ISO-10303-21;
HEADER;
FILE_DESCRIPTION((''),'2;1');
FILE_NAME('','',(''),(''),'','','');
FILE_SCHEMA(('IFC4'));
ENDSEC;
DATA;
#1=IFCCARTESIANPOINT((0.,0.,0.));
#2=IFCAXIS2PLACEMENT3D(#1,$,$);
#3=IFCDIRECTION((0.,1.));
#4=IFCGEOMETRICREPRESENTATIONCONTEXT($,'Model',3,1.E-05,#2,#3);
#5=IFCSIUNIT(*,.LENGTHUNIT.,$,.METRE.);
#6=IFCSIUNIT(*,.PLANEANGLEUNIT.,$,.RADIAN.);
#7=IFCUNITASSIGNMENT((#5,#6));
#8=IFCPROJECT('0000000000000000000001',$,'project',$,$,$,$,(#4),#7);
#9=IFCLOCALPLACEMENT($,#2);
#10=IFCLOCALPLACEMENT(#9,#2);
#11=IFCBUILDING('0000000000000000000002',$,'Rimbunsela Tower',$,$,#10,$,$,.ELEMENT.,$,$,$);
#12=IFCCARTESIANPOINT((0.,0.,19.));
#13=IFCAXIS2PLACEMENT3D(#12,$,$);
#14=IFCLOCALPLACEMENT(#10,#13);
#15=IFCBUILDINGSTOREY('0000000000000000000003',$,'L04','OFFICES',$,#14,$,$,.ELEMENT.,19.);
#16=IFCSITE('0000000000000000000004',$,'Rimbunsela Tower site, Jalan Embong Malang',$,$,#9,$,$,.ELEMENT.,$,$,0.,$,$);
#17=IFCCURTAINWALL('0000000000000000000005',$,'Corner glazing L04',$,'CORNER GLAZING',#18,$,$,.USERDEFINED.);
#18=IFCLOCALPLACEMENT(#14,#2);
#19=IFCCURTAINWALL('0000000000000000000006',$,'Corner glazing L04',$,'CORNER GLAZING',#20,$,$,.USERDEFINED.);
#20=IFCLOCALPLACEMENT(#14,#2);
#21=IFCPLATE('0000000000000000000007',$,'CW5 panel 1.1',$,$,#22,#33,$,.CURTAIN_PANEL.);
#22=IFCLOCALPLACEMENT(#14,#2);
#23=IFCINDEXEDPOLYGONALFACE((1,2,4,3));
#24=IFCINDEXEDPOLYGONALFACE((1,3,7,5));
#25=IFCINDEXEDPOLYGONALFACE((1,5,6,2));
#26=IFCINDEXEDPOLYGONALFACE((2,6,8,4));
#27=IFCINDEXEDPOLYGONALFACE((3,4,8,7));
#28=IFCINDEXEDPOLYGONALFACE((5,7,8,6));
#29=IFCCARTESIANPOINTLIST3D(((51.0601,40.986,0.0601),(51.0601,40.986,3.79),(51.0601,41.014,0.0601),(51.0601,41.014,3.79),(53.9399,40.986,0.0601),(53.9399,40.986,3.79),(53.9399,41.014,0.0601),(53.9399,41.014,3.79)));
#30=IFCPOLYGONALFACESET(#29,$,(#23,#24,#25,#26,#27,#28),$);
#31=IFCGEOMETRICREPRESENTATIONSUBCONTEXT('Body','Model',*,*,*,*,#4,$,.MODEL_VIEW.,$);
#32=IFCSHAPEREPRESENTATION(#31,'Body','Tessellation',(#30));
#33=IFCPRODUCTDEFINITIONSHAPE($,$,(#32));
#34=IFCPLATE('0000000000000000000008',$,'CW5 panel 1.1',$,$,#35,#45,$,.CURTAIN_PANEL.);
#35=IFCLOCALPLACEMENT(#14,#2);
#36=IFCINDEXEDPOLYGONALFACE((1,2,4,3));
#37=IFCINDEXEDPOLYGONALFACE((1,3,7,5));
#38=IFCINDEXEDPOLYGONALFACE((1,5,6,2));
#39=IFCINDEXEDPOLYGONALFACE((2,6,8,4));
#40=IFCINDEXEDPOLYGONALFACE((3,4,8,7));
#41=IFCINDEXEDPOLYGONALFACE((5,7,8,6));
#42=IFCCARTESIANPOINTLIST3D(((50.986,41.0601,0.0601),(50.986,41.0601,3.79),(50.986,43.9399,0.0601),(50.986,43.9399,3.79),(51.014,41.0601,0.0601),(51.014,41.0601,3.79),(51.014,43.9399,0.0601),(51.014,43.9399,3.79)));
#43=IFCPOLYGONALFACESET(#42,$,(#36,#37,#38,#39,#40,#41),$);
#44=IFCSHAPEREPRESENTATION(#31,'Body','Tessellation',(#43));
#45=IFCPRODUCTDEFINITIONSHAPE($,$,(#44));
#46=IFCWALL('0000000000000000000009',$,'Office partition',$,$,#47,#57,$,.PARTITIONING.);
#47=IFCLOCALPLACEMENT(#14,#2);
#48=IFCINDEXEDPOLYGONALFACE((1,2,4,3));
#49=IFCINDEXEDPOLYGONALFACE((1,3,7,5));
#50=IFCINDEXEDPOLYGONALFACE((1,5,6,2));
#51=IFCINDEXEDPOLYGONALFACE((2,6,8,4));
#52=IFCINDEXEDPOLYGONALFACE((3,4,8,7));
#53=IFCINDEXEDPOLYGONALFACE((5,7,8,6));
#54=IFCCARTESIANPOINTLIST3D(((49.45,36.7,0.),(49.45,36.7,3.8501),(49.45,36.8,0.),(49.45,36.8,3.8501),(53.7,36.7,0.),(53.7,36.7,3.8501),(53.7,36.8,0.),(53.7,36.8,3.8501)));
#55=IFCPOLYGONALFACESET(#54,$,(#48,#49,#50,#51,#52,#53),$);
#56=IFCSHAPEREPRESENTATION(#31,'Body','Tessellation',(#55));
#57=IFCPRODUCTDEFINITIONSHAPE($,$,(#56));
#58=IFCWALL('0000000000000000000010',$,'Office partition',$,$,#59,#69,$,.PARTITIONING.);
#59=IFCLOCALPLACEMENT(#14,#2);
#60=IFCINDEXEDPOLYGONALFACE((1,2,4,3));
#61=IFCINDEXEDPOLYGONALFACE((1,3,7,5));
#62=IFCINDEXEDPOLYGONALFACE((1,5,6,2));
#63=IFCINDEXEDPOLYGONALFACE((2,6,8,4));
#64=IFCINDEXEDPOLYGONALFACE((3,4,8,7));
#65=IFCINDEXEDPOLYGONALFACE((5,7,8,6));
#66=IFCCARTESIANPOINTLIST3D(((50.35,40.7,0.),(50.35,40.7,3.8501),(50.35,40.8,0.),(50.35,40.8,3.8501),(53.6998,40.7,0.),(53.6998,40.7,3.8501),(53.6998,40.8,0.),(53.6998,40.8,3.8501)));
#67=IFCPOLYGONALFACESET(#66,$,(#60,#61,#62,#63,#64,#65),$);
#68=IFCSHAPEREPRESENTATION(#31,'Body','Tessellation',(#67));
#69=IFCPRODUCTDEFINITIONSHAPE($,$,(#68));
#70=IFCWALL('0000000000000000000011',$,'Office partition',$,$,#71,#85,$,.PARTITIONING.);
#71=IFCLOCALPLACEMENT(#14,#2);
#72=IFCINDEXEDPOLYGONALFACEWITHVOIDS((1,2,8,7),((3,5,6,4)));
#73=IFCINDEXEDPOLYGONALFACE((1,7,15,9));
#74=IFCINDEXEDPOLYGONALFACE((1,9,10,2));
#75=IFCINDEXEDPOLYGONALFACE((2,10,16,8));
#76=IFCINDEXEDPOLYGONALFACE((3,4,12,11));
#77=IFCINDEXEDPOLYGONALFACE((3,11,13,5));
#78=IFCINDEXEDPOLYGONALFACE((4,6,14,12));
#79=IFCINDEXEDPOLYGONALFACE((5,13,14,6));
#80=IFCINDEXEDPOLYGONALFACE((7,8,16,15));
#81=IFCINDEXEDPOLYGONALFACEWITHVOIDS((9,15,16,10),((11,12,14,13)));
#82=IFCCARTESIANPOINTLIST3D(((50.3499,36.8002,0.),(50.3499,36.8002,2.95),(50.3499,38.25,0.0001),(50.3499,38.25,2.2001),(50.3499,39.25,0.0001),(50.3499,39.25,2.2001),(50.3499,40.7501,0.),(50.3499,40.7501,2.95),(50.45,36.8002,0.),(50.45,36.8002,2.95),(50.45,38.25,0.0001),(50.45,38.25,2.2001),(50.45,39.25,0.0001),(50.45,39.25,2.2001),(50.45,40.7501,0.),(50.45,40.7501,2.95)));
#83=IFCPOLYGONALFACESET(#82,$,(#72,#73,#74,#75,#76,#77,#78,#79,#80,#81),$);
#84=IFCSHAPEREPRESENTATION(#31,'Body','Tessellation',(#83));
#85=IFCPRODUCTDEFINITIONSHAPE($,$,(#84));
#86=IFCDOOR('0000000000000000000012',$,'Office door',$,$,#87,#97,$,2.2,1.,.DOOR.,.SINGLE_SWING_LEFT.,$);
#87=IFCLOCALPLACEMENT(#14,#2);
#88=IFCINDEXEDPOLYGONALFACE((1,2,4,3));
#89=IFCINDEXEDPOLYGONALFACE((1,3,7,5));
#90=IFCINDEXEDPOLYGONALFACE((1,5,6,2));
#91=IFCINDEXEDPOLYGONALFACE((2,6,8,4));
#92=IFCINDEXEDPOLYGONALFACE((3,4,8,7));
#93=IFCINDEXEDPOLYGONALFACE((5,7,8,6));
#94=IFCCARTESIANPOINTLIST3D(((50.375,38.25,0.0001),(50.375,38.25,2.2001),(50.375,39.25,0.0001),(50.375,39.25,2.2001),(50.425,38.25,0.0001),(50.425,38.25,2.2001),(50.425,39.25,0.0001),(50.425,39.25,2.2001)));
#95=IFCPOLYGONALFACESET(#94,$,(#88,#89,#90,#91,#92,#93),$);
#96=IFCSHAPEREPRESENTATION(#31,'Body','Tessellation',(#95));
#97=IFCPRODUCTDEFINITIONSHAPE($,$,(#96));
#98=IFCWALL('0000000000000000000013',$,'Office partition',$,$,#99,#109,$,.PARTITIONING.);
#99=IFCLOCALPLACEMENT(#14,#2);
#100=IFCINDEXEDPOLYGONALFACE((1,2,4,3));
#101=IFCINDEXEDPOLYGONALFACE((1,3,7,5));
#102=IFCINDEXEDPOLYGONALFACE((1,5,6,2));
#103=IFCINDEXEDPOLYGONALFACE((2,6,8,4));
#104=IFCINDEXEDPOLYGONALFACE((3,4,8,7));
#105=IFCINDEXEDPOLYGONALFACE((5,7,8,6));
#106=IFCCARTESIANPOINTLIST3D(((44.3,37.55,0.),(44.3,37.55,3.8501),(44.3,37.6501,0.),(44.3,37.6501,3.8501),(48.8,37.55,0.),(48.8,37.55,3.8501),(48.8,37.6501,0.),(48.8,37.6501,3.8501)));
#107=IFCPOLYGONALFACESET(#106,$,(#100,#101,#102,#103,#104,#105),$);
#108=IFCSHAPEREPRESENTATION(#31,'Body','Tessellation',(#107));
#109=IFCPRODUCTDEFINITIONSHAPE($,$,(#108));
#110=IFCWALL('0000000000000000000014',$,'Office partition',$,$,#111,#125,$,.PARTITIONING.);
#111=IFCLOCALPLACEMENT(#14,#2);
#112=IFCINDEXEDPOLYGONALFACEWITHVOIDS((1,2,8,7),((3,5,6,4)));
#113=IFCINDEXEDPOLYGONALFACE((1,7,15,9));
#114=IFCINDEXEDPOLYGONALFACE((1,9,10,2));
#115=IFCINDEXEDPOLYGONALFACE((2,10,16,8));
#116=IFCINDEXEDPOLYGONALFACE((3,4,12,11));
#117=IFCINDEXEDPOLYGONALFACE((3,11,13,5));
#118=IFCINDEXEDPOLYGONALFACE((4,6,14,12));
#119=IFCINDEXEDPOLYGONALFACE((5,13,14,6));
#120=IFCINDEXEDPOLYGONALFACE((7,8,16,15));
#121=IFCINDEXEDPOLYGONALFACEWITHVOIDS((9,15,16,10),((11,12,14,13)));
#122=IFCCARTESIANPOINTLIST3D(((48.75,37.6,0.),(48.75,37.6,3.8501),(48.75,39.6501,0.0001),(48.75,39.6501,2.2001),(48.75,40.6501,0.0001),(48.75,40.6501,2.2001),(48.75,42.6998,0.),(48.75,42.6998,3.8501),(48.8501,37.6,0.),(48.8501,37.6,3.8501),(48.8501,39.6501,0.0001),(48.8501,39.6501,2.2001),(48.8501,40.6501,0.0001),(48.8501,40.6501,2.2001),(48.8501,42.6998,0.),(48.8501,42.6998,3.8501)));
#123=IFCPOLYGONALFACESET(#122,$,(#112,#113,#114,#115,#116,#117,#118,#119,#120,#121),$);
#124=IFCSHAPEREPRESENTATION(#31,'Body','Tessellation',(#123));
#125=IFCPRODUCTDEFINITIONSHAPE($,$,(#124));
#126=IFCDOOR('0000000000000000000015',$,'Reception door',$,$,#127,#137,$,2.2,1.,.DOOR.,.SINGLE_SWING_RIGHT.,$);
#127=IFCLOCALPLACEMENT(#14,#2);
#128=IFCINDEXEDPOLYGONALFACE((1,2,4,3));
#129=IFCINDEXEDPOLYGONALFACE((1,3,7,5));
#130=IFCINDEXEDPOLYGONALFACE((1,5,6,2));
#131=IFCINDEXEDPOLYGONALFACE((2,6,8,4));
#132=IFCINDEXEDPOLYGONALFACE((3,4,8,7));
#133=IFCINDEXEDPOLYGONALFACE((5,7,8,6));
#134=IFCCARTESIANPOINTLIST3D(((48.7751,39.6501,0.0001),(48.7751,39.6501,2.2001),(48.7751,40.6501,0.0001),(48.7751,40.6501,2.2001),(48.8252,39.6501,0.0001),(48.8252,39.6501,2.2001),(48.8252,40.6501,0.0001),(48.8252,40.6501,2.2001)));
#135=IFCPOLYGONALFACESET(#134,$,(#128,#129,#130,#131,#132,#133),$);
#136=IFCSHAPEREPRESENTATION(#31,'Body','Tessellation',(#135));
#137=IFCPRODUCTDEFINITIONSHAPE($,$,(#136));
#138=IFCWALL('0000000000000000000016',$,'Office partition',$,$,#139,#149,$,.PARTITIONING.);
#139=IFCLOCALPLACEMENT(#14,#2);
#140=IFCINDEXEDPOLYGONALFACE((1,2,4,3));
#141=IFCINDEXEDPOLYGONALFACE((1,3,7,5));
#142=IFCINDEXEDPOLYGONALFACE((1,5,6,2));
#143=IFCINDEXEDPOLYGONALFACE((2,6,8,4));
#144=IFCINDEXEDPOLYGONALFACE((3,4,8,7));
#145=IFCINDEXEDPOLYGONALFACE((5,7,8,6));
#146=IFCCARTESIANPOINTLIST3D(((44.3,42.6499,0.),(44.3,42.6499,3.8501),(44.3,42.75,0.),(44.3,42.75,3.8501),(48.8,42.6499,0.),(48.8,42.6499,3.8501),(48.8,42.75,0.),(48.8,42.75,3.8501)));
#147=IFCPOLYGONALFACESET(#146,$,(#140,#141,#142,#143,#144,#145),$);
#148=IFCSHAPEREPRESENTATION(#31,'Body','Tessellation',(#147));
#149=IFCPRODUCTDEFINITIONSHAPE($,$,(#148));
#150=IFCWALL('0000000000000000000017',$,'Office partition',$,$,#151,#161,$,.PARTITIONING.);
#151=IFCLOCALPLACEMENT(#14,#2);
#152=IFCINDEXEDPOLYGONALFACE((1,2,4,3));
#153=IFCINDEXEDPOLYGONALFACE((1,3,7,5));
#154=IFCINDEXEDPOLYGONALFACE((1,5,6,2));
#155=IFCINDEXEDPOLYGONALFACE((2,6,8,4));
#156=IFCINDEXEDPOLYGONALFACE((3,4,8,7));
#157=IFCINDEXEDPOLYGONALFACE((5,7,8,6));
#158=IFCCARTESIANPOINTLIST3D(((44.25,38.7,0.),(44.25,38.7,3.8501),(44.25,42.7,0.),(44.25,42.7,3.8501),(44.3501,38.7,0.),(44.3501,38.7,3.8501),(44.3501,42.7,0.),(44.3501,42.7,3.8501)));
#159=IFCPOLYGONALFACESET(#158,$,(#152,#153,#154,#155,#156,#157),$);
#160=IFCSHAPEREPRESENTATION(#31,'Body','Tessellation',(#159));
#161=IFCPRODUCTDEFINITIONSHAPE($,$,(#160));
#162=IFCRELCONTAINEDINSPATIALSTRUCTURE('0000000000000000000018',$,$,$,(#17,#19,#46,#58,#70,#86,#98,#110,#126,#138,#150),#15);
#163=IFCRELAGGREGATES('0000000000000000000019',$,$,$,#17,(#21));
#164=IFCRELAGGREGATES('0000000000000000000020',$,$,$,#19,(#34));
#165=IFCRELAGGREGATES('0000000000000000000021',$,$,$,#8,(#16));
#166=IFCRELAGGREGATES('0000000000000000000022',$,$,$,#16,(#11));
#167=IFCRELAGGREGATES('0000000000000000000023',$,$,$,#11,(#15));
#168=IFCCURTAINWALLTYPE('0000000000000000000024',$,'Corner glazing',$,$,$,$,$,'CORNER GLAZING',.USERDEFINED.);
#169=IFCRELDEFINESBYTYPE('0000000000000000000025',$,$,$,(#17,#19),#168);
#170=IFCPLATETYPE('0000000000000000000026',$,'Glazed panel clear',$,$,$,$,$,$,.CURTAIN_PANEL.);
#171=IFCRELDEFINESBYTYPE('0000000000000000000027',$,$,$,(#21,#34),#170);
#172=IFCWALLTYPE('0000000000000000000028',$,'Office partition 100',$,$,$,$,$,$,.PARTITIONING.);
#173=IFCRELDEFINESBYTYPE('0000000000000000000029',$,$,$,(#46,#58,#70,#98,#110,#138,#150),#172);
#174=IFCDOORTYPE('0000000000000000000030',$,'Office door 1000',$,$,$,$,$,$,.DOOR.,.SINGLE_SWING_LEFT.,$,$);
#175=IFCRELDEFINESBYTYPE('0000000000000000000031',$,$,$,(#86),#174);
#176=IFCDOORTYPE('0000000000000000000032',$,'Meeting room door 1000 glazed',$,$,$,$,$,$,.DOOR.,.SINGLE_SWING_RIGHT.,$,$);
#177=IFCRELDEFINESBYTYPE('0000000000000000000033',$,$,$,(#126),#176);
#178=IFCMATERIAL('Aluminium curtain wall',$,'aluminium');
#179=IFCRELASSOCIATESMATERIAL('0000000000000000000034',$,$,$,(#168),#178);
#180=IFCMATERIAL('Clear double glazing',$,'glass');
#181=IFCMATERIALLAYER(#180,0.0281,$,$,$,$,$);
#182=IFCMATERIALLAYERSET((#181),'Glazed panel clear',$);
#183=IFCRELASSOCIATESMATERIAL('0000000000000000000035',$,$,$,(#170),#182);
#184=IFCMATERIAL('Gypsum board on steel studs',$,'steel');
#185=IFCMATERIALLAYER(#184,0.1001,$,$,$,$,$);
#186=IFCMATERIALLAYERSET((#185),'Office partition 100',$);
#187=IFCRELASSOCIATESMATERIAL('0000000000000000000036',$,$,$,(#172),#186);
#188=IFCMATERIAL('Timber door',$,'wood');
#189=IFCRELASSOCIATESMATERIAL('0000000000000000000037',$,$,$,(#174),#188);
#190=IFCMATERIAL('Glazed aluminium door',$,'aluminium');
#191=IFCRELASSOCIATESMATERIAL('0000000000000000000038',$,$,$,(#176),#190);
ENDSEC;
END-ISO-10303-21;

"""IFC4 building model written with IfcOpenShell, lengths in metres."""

from ifc_helpers import new_model, si_unit, direction, frame, frame_2d, origin, origin_2d, place, context, subcontext, project, spatial, rectangle, extrude, material, layer, layer_set, type_object, element, fill, aggregate, save


model = new_model("IFC4")

# Units and contexts
model_context = context("Model", 3, precision=1e-05, world=origin(), true_north=direction((0.0, 1.0)))
body_context = subcontext(model_context, "Body", "Model", "MODEL_VIEW")
ifc_project = project(units=[si_unit("LENGTHUNIT", "METRE"), si_unit("PLANEANGLEUNIT", "RADIAN")], contexts=[model_context])

# Site, building, storey
site_placement = place(None, origin())
site = spatial("IfcSite", under=ifc_project, at=site_placement, Name="Rimbunsela Tower site, Jalan Embong Malang", CompositionType="ELEMENT", RefElevation=0.0)
building_placement = place(site_placement, origin())
building = spatial("IfcBuilding", under=site, at=building_placement, Name="Rimbunsela Tower", CompositionType="ELEMENT")
storey_placement = place(building_placement, frame((0.0, 0.0, 19.0)))
storey = spatial("IfcBuildingStorey", under=building, at=storey_placement, Name="L04", Description="OFFICES", CompositionType="ELEMENT", Elevation=19.0)

# Curtain walls
ifc_material_1 = material(Name="Aluminium curtain wall", Category="aluminium")
curtain_wall_type = type_object("IfcCurtainWallType", Name="Corner glazing", ElementType="CORNER GLAZING", PredefinedType="USERDEFINED", material=ifc_material_1)
curtain_wall_1_placement = place(storey_placement, origin())
curtain_wall_1 = element("IfcCurtainWall", 1, at=curtain_wall_1_placement, inside=storey, type_object=curtain_wall_type, Name="Corner glazing L04", ObjectType="CORNER GLAZING", PredefinedType="USERDEFINED")
curtain_wall_2_placement = place(storey_placement, origin())
curtain_wall_2 = element("IfcCurtainWall", 2, at=curtain_wall_2_placement, inside=storey, type_object=curtain_wall_type, Name="Corner glazing L04", ObjectType="CORNER GLAZING", PredefinedType="USERDEFINED")

# Plates
ifc_material_2 = material(Name="Clear double glazing", Category="glass")
ifc_layer_1 = layer(ifc_material_2, 0.0281)
ifc_layer_set_1 = layer_set([ifc_layer_1], Name="Glazed panel clear")
plate_type = type_object("IfcPlateType", Name="Glazed panel clear", PredefinedType="CURTAIN_PANEL", material=ifc_layer_set_1)
plate_1_placement = place(storey_placement, frame((52.5, 41.0, 0.0601), z_axis=(0.0, 0.0, 1.0), x_axis=(-1.0, 0.0, 0.0)))
plate_1 = element("IfcPlate", 3, at=plate_1_placement, type_object=plate_type, Name="CW5 panel 1.1", PredefinedType="CURTAIN_PANEL", context=body_context, shape_type="SweptSolid", body=[
    extrude(rectangle(XDim=2.8799, YDim=0.0281, at=origin_2d()), origin(), (0.0, 0.0, 1.0), 3.73),
])
aggregate(curtain_wall_1, [plate_1])
plate_2_placement = place(storey_placement, frame((51.0, 42.5, 0.0601), z_axis=(0.0, 0.0, 1.0), x_axis=(0.0, 1.0, 0.0)))
plate_2 = element("IfcPlate", 4, at=plate_2_placement, type_object=plate_type, Name="CW5 panel 1.1", PredefinedType="CURTAIN_PANEL", context=body_context, shape_type="SweptSolid", body=[
    extrude(rectangle(XDim=2.8799, YDim=0.0281, at=origin_2d()), origin(), (0.0, 0.0, 1.0), 3.73),
])
aggregate(curtain_wall_2, [plate_2])

# Walls
ifc_material_3 = material(Name="Gypsum board on steel studs", Category="steel")
ifc_layer_2 = layer(ifc_material_3, 0.1001)
ifc_layer_set_2 = layer_set([ifc_layer_2], Name="Office partition 100")
wall_type_1 = type_object("IfcWallType", Name="Office partition 100", PredefinedType="PARTITIONING", material=ifc_layer_set_2)
wall_1_placement = place(storey_placement, frame((49.45, 36.75, 0.0), z_axis=(0.0, 0.0, 1.0), x_axis=(1.0, 0.0, 0.0)))
element("IfcWall", 5, at=wall_1_placement, inside=storey, type_object=wall_type_1, Name="Office partition", PredefinedType="PARTITIONING", context=body_context, shape_type="SweptSolid", body=[
    extrude(rectangle(XDim=4.25, YDim=0.1001, at=frame_2d((2.125, 0.0))), origin(), (0.0, 0.0, 1.0), 3.8501),
])
wall_2_placement = place(storey_placement, frame((50.3501, 40.75, 0.0), z_axis=(0.0, 0.0, 1.0), x_axis=(1.0, 0.0, 0.0)))
element("IfcWall", 6, at=wall_2_placement, inside=storey, type_object=wall_type_1, Name="Office partition", PredefinedType="PARTITIONING", context=body_context, shape_type="SweptSolid", body=[
    extrude(rectangle(XDim=3.3499, YDim=0.1001, at=frame_2d((1.6748, 0.0))), origin(), (0.0, 0.0, 1.0), 3.8501),
])

# Wall, opening, door
wall_3_placement = place(storey_placement, frame((50.3999, 36.8, 0.0), z_axis=(0.0, 0.0, 1.0), x_axis=(0.0, 1.0, 0.0)))
wall_3 = element("IfcWall", 7, at=wall_3_placement, inside=storey, type_object=wall_type_1, Name="Office partition", PredefinedType="PARTITIONING", context=body_context, shape_type="SweptSolid", body=[
    extrude(rectangle(XDim=3.95, YDim=0.1001, at=frame_2d((1.9751, 0.0))), origin(), (0.0, 0.0, 1.0), 2.95),
])
opening_1_placement = place(wall_3_placement, frame((1.45, 0.0, 0.0)))
opening_1 = element("IfcOpeningElement", 8, at=opening_1_placement, cuts=wall_3, PredefinedType="OPENING", context=body_context, shape_type="SweptSolid", body=[
    extrude(rectangle(XDim=1.0, YDim=2.2, at=frame_2d((0.5, 1.1001))), frame((0.0, 0.0601, 0.0), z_axis=(0.0, -1.0, 0.0), x_axis=(1.0, 0.0, 0.0)), (0.0, 0.0, 1.0), 0.1201),
])
ifc_material_4 = material(Name="Timber door", Category="wood")
door_type_1 = type_object("IfcDoorType", Name="Office door 1000", OperationType="SINGLE_SWING_LEFT", PredefinedType="DOOR", material=ifc_material_4)
door_1_placement = place(opening_1_placement, origin())
door_1 = element("IfcDoor", 9, at=door_1_placement, inside=storey, type_object=door_type_1, Name="Office door", OperationType="SINGLE_SWING_LEFT", OverallHeight=2.2, OverallWidth=1.0, PredefinedType="DOOR", context=body_context, shape_type="SweptSolid", body=[
    extrude(rectangle(XDim=1.0, YDim=2.2, at=frame_2d((0.5, 1.1001))), frame((0.0, 0.0249, 0.0), z_axis=(0.0, -1.0, 0.0), x_axis=(1.0, 0.0, 0.0)), (0.0, 0.0, 1.0), 0.05),
])
fill(opening_1, door_1)

# Wall
wall_4_placement = place(storey_placement, frame((44.3, 37.6001, 0.0), z_axis=(0.0, 0.0, 1.0), x_axis=(1.0, 0.0, 0.0)))
element("IfcWall", 10, at=wall_4_placement, inside=storey, type_object=wall_type_1, Name="Office partition", PredefinedType="PARTITIONING", context=body_context, shape_type="SweptSolid", body=[
    extrude(rectangle(XDim=4.5, YDim=0.1001, at=frame_2d((2.25, 0.0))), origin(), (0.0, 0.0, 1.0), 3.8501),
])

# Wall, opening, door
wall_5_placement = place(storey_placement, frame((48.8, 37.6001, 0.0), z_axis=(0.0, 0.0, 1.0), x_axis=(0.0, 1.0, 0.0)))
wall_5 = element("IfcWall", 11, at=wall_5_placement, inside=storey, type_object=wall_type_1, Name="Office partition", PredefinedType="PARTITIONING", context=body_context, shape_type="SweptSolid", body=[
    extrude(rectangle(XDim=5.0999, YDim=0.1001, at=frame_2d((2.5498, 0.0))), origin(), (0.0, 0.0, 1.0), 3.8501),
])
opening_2_placement = place(wall_5_placement, frame((2.05, 0.0, 0.0)))
opening_2 = element("IfcOpeningElement", 12, at=opening_2_placement, cuts=wall_5, PredefinedType="OPENING", context=body_context, shape_type="SweptSolid", body=[
    extrude(rectangle(XDim=1.0, YDim=2.2, at=frame_2d((0.5, 1.1001))), frame((0.0, 0.0601, 0.0), z_axis=(0.0, -1.0, 0.0), x_axis=(1.0, 0.0, 0.0)), (0.0, 0.0, 1.0), 0.1201),
])
ifc_material_5 = material(Name="Glazed aluminium door", Category="aluminium")
door_type_2 = type_object("IfcDoorType", Name="Meeting room door 1000 glazed", OperationType="SINGLE_SWING_RIGHT", PredefinedType="DOOR", material=ifc_material_5)
door_2_placement = place(opening_2_placement, origin())
door_2 = element("IfcDoor", 13, at=door_2_placement, inside=storey, type_object=door_type_2, Name="Reception door", OperationType="SINGLE_SWING_RIGHT", OverallHeight=2.2, OverallWidth=1.0, PredefinedType="DOOR", context=body_context, shape_type="SweptSolid", body=[
    extrude(rectangle(XDim=1.0, YDim=2.2, at=frame_2d((0.5, 1.1001))), frame((0.0, 0.0249, 0.0), z_axis=(0.0, -1.0, 0.0), x_axis=(1.0, 0.0, 0.0)), (0.0, 0.0, 1.0), 0.05),
])
fill(opening_2, door_2)

# Walls
wall_6_placement = place(storey_placement, frame((48.8, 42.7, 0.0), z_axis=(0.0, 0.0, 1.0), x_axis=(-1.0, 0.0, 0.0)))
element("IfcWall", 14, at=wall_6_placement, inside=storey, type_object=wall_type_1, Name="Office partition", PredefinedType="PARTITIONING", context=body_context, shape_type="SweptSolid", body=[
    extrude(rectangle(XDim=4.5, YDim=0.1001, at=frame_2d((2.25, 0.0))), origin(), (0.0, 0.0, 1.0), 3.8501),
])
wall_7_placement = place(storey_placement, frame((44.3, 42.7, 0.0), z_axis=(0.0, 0.0, 1.0), x_axis=(0.0, -1.0, 0.0)))
element("IfcWall", 15, at=wall_7_placement, inside=storey, type_object=wall_type_1, Name="Office partition", PredefinedType="PARTITIONING", context=body_context, shape_type="SweptSolid", body=[
    extrude(rectangle(XDim=4.0, YDim=0.1001, at=frame_2d((2.0, 0.0))), origin(), (0.0, 0.0, 1.0), 3.8501),
])

save(model, "model.ifc")
